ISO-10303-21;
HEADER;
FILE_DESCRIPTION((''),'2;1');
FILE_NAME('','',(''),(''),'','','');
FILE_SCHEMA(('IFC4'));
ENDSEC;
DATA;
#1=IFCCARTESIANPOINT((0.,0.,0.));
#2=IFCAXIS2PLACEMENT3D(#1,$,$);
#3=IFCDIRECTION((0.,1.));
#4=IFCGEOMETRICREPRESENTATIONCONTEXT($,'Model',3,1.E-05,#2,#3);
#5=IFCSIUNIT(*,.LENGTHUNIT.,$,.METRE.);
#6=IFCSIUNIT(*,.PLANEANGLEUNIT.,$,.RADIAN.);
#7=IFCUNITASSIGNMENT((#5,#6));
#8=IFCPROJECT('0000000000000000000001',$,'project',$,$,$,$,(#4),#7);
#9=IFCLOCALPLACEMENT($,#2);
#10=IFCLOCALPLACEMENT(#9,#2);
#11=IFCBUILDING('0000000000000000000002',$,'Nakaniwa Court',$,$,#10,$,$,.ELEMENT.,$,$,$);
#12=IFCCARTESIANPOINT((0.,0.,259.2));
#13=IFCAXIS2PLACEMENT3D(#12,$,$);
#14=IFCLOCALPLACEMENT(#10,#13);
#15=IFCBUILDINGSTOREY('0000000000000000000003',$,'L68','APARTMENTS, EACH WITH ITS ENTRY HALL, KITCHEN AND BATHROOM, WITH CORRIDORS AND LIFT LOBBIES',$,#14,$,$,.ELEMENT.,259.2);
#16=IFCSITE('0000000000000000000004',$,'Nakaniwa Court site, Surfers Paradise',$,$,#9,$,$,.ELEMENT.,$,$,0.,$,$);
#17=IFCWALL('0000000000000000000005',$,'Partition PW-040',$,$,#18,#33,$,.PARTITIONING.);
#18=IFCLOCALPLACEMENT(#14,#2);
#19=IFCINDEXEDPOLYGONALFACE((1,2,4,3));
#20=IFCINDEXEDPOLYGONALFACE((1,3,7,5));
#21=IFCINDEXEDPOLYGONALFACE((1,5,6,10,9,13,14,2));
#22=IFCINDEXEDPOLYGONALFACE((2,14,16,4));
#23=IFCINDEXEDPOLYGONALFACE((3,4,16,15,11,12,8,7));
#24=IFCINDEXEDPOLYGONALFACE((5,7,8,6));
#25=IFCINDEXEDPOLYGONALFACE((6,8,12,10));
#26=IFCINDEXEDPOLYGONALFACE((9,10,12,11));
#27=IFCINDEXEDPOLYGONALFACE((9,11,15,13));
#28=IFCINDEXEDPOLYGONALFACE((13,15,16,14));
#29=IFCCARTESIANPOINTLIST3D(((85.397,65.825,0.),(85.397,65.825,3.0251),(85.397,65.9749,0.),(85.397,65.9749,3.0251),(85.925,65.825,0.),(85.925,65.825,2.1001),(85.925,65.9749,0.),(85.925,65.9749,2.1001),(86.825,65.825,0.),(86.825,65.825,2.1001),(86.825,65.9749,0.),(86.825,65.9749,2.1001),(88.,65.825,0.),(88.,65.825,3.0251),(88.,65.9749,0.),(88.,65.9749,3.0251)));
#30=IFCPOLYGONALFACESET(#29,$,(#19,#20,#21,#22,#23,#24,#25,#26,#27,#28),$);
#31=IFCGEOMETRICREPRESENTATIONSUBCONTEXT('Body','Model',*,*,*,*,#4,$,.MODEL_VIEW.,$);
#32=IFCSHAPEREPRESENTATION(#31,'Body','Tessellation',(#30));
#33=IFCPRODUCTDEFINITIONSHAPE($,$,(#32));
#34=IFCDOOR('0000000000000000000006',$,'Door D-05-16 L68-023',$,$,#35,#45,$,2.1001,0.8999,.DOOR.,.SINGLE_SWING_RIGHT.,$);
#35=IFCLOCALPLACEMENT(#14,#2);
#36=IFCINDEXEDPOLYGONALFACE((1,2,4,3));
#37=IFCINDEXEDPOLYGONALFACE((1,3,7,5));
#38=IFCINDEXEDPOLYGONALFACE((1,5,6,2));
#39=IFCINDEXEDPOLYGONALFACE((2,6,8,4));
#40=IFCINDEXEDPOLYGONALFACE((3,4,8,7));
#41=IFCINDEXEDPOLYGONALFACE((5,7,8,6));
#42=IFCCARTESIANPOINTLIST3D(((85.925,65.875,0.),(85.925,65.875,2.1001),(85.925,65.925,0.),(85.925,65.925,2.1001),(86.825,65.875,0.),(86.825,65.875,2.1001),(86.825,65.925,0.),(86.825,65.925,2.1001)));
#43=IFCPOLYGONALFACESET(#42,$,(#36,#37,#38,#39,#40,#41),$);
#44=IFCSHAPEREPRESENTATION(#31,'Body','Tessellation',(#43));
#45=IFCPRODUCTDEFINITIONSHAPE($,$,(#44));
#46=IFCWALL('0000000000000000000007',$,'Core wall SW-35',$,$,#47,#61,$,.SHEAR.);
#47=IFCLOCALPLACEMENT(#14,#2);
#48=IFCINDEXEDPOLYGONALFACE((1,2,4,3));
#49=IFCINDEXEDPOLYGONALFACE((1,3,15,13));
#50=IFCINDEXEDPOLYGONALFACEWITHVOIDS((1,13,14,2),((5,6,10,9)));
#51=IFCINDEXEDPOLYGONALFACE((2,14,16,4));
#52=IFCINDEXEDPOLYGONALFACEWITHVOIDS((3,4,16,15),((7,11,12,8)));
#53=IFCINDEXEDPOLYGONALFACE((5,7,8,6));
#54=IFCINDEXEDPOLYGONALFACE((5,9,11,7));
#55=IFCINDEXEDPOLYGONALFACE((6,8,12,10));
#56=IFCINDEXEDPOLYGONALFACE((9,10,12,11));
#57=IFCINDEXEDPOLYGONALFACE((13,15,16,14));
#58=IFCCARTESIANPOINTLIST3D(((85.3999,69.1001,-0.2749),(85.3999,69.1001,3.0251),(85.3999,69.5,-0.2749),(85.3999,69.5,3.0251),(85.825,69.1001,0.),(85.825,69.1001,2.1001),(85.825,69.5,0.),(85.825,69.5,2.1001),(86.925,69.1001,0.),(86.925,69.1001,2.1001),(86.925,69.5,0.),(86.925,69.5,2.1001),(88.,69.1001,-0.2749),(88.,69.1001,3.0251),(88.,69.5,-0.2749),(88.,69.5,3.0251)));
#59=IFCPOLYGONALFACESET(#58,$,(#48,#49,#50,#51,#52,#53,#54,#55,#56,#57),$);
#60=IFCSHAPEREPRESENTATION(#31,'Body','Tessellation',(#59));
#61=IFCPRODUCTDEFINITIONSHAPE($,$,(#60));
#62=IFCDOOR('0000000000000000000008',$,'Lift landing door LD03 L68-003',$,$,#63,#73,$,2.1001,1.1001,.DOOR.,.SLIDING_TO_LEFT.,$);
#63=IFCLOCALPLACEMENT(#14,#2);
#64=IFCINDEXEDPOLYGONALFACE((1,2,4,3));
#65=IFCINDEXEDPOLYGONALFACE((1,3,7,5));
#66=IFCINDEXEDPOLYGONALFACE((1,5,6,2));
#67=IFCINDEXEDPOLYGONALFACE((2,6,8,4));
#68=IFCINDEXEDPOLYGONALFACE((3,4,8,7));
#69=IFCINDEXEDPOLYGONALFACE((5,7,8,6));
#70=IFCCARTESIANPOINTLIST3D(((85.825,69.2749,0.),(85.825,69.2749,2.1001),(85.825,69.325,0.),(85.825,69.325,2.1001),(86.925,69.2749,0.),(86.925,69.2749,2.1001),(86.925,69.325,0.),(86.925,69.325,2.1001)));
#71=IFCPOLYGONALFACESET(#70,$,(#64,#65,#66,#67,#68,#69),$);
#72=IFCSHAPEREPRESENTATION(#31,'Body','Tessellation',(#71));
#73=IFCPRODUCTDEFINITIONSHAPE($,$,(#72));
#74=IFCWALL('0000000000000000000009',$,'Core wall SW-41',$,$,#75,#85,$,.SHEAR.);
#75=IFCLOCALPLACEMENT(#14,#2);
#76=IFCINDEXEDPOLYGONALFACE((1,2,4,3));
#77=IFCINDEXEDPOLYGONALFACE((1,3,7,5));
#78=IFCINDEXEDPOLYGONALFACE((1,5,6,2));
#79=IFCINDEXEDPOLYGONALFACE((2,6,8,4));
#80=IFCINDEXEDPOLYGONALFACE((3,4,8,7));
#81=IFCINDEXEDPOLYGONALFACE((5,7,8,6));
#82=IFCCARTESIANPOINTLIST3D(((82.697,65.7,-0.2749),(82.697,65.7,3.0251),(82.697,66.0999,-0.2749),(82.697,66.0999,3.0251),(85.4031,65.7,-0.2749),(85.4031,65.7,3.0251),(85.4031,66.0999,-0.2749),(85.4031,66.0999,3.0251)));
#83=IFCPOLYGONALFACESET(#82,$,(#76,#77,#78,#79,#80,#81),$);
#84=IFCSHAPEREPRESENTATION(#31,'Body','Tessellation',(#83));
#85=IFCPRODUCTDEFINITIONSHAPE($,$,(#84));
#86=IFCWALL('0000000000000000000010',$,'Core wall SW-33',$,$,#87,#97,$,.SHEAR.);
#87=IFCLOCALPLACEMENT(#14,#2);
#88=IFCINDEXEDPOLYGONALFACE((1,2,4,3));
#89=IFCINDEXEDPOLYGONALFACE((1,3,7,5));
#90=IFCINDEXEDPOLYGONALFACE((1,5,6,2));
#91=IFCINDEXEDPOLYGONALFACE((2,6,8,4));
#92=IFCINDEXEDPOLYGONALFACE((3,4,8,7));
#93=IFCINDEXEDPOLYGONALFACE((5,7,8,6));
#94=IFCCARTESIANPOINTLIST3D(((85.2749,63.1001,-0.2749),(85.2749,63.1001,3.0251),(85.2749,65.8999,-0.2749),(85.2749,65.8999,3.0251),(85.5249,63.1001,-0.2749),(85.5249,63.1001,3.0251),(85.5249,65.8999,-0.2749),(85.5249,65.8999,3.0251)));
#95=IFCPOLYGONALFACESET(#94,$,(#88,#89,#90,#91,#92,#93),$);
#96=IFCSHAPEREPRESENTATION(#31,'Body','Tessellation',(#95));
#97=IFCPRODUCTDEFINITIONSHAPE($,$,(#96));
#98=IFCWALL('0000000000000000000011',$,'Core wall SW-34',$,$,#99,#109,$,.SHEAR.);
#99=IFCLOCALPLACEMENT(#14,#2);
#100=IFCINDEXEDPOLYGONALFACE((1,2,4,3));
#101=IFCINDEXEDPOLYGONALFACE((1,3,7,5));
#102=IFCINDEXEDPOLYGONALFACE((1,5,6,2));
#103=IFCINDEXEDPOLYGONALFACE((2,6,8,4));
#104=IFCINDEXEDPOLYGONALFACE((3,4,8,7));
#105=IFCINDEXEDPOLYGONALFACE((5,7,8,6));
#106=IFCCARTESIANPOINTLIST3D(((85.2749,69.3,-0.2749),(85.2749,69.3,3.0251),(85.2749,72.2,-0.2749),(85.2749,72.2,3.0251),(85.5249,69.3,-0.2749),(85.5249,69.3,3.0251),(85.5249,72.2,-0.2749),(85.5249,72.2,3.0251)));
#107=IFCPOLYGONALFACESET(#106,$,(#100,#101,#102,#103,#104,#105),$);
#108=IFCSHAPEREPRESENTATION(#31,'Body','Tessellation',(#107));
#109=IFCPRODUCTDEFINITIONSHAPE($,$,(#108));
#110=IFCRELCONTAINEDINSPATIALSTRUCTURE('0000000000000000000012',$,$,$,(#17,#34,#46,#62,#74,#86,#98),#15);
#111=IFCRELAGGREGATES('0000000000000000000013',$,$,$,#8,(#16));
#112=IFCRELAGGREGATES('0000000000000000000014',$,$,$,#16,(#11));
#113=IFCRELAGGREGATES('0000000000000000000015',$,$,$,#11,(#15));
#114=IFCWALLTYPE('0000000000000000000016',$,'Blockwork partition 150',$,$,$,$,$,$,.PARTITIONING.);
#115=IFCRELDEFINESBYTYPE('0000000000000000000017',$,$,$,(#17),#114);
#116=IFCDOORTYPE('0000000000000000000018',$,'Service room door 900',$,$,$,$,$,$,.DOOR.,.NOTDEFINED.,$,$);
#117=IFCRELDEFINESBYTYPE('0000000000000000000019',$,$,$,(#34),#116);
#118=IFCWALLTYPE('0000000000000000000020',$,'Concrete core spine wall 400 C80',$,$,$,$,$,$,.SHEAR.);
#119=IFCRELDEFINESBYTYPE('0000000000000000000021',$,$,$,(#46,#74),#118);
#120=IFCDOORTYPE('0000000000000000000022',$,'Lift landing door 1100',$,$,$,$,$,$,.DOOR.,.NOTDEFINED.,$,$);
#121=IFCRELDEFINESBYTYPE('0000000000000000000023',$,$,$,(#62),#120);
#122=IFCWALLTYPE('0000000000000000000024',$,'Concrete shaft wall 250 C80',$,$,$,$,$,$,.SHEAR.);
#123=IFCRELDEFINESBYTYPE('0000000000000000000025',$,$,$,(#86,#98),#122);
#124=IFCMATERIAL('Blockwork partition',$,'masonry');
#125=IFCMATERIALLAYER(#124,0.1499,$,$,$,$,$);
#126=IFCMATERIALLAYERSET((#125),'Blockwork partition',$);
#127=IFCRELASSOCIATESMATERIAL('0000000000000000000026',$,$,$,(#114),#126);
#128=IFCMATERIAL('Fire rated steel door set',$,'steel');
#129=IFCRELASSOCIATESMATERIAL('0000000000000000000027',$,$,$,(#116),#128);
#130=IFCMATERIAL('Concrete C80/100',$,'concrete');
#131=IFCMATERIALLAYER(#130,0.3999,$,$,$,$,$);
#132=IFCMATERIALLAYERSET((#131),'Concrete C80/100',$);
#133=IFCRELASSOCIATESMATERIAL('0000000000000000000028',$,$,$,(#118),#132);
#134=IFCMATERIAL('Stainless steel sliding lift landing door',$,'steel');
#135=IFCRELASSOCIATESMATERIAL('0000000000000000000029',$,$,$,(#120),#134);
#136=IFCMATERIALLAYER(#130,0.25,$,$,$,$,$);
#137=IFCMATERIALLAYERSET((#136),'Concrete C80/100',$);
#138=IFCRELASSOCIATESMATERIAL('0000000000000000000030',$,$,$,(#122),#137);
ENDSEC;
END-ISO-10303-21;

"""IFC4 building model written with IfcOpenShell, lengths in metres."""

from ifc_helpers import new_model, si_unit, direction, frame, frame_2d, origin, place, context, subcontext, project, spatial, rectangle, extrude, material, layer, layer_set, type_object, element, fill, save


model = new_model("IFC4")

# Units and contexts
model_context = context("Model", 3, precision=1e-05, world=origin(), true_north=direction((0.0, 1.0)))
body_context = subcontext(model_context, "Body", "Model", "MODEL_VIEW")
ifc_project = project(units=[si_unit("LENGTHUNIT", "METRE"), si_unit("PLANEANGLEUNIT", "RADIAN")], contexts=[model_context])

# Site, building, storey
site_placement = place(None, origin())
site = spatial("IfcSite", under=ifc_project, at=site_placement, Name="Nakaniwa Court site, Surfers Paradise", CompositionType="ELEMENT", RefElevation=0.0)
building_placement = place(site_placement, origin())
building = spatial("IfcBuilding", under=site, at=building_placement, Name="Nakaniwa Court", CompositionType="ELEMENT")
storey_placement = place(building_placement, frame((0.0, 0.0, 259.2)))
storey = spatial("IfcBuildingStorey", under=building, at=storey_placement, Name="L68", Description="APARTMENTS, EACH WITH ITS ENTRY HALL, KITCHEN AND BATHROOM, WITH CORRIDORS AND LIFT LOBBIES", CompositionType="ELEMENT", Elevation=259.2)

# Shared definitions
ifc_material_1 = material(Name="Blockwork partition", Category="masonry")
ifc_layer_1 = layer(ifc_material_1, 0.1499)
ifc_layer_set_1 = layer_set([ifc_layer_1], Name="Blockwork partition")
wall_type_1 = type_object("IfcWallType", Name="Blockwork partition 150", PredefinedType="PARTITIONING", material=ifc_layer_set_1)

# Shared definitions
ifc_material_2 = material(Name="Fire rated steel door set", Category="steel")
door_type_1 = type_object("IfcDoorType", Name="Service room door 900", OperationType="NOTDEFINED", PredefinedType="DOOR", material=ifc_material_2)

# Walls, openings, doors
wall_1_placement = place(storey_placement, frame((88.0, 65.8999, 0.0), z_axis=(0.0, 0.0, 1.0), x_axis=(-1.0, 0.0, 0.0)))
wall_1 = element("IfcWall", 1, at=wall_1_placement, inside=storey, type_object=wall_type_1, Name="Partition PW-040", PredefinedType="PARTITIONING", context=body_context, shape_type="SweptSolid", body=[
    extrude(rectangle(XDim=2.603, YDim=0.1499, at=frame_2d((1.3015, 0.0))), origin(), (0.0, 0.0, 1.0), 3.0251),
])
opening_1_placement = place(wall_1_placement, frame((1.175, 0.0, 0.0)))
opening_1 = element("IfcOpeningElement", 2, at=opening_1_placement, cuts=wall_1, PredefinedType="OPENING", context=body_context, shape_type="SweptSolid", body=[
    extrude(rectangle(XDim=0.8999, YDim=2.1001, at=frame_2d((0.45, 1.05))), frame((0.0, 0.085, 0.0), z_axis=(0.0, -1.0, 0.0), x_axis=(1.0, 0.0, 0.0)), (0.0, 0.0, 1.0), 0.1699),
])
door_1_placement = place(opening_1_placement, origin())
door_1 = element("IfcDoor", 3, at=door_1_placement, inside=storey, type_object=door_type_1, Name="Door D-05-16 L68-023", OperationType="SINGLE_SWING_RIGHT", OverallHeight=2.1001, OverallWidth=0.8999, PredefinedType="DOOR", context=body_context, shape_type="SweptSolid", body=[
    extrude(rectangle(XDim=0.8999, YDim=2.1001, at=frame_2d((0.45, 1.05))), frame((0.0, 0.0249, 0.0), z_axis=(0.0, -1.0, 0.0), x_axis=(1.0, 0.0, 0.0)), (0.0, 0.0, 1.0), 0.05),
])
fill(opening_1, door_1)
ifc_material_3 = material(Name="Concrete C80/100", Category="concrete")
ifc_layer_2 = layer(ifc_material_3, 0.3999)
ifc_layer_set_2 = layer_set([ifc_layer_2], Name="Concrete C80/100")
wall_type_2 = type_object("IfcWallType", Name="Concrete core spine wall 400 C80", PredefinedType="SHEAR", material=ifc_layer_set_2)
wall_2_placement = place(storey_placement, frame((85.3999, 69.3, -0.2749), z_axis=(0.0, 0.0, 1.0), x_axis=(1.0, 0.0, 0.0)))
wall_2 = element("IfcWall", 4, at=wall_2_placement, inside=storey, type_object=wall_type_2, Name="Core wall SW-35", PredefinedType="SHEAR", context=body_context, shape_type="SweptSolid", body=[
    extrude(rectangle(XDim=2.6001, YDim=0.3999, at=frame_2d((1.3, 0.0))), origin(), (0.0, 0.0, 1.0), 3.3),
])
opening_2_placement = place(wall_2_placement, frame((0.425, 0.0, 0.2749)))
opening_2 = element("IfcOpeningElement", 5, at=opening_2_placement, cuts=wall_2, PredefinedType="OPENING", context=body_context, shape_type="SweptSolid", body=[
    extrude(rectangle(XDim=1.1001, YDim=2.1001, at=frame_2d((0.55, 1.05))), frame((0.0, 0.21, 0.0), z_axis=(0.0, -1.0, 0.0), x_axis=(1.0, 0.0, 0.0)), (0.0, 0.0, 1.0), 0.4199),
])
ifc_material_4 = material(Name="Stainless steel sliding lift landing door", Category="steel")
door_type_2 = type_object("IfcDoorType", Name="Lift landing door 1100", OperationType="NOTDEFINED", PredefinedType="DOOR", material=ifc_material_4)
door_2_placement = place(opening_2_placement, origin())
door_2 = element("IfcDoor", 6, at=door_2_placement, inside=storey, type_object=door_type_2, Name="Lift landing door LD03 L68-003", OperationType="SLIDING_TO_LEFT", OverallHeight=2.1001, OverallWidth=1.1001, PredefinedType="DOOR", context=body_context, shape_type="SweptSolid", body=[
    extrude(rectangle(XDim=1.1001, YDim=2.1001, at=frame_2d((0.55, 1.05))), frame((0.0, 0.0249, 0.0), z_axis=(0.0, -1.0, 0.0), x_axis=(1.0, 0.0, 0.0)), (0.0, 0.0, 1.0), 0.05),
])
fill(opening_2, door_2)

# Walls
wall_3_placement = place(storey_placement, frame((82.697, 65.8999, -0.2749), z_axis=(0.0, 0.0, 1.0), x_axis=(1.0, 0.0, 0.0)))
element("IfcWall", 7, at=wall_3_placement, inside=storey, type_object=wall_type_2, Name="Core wall SW-41", PredefinedType="SHEAR", context=body_context, shape_type="SweptSolid", body=[
    extrude(rectangle(XDim=2.7061, YDim=0.3999, at=frame_2d((1.353, 0.0))), origin(), (0.0, 0.0, 1.0), 3.3),
])
ifc_layer_3 = layer(ifc_material_3, 0.25)
ifc_layer_set_3 = layer_set([ifc_layer_3], Name="Concrete C80/100")
wall_type_3 = type_object("IfcWallType", Name="Concrete shaft wall 250 C80", PredefinedType="SHEAR", material=ifc_layer_set_3)
wall_4_placement = place(storey_placement, frame((85.3999, 63.1001, -0.2749), z_axis=(0.0, 0.0, 1.0), x_axis=(0.0, 1.0, 0.0)))
element("IfcWall", 8, at=wall_4_placement, inside=storey, type_object=wall_type_3, Name="Core wall SW-33", PredefinedType="SHEAR", context=body_context, shape_type="SweptSolid", body=[
    extrude(rectangle(XDim=2.7998, YDim=0.25, at=frame_2d((1.3999, 0.0))), origin(), (0.0, 0.0, 1.0), 3.3),
])
wall_5_placement = place(storey_placement, frame((85.3999, 69.3, -0.2749), z_axis=(0.0, 0.0, 1.0), x_axis=(0.0, 1.0, 0.0)))
element("IfcWall", 9, at=wall_5_placement, inside=storey, type_object=wall_type_3, Name="Core wall SW-34", PredefinedType="SHEAR", context=body_context, shape_type="SweptSolid", body=[
    extrude(rectangle(XDim=2.8999, YDim=0.25, at=frame_2d((1.45, 0.0))), origin(), (0.0, 0.0, 1.0), 3.3),
])

save(model, "model.ifc")
